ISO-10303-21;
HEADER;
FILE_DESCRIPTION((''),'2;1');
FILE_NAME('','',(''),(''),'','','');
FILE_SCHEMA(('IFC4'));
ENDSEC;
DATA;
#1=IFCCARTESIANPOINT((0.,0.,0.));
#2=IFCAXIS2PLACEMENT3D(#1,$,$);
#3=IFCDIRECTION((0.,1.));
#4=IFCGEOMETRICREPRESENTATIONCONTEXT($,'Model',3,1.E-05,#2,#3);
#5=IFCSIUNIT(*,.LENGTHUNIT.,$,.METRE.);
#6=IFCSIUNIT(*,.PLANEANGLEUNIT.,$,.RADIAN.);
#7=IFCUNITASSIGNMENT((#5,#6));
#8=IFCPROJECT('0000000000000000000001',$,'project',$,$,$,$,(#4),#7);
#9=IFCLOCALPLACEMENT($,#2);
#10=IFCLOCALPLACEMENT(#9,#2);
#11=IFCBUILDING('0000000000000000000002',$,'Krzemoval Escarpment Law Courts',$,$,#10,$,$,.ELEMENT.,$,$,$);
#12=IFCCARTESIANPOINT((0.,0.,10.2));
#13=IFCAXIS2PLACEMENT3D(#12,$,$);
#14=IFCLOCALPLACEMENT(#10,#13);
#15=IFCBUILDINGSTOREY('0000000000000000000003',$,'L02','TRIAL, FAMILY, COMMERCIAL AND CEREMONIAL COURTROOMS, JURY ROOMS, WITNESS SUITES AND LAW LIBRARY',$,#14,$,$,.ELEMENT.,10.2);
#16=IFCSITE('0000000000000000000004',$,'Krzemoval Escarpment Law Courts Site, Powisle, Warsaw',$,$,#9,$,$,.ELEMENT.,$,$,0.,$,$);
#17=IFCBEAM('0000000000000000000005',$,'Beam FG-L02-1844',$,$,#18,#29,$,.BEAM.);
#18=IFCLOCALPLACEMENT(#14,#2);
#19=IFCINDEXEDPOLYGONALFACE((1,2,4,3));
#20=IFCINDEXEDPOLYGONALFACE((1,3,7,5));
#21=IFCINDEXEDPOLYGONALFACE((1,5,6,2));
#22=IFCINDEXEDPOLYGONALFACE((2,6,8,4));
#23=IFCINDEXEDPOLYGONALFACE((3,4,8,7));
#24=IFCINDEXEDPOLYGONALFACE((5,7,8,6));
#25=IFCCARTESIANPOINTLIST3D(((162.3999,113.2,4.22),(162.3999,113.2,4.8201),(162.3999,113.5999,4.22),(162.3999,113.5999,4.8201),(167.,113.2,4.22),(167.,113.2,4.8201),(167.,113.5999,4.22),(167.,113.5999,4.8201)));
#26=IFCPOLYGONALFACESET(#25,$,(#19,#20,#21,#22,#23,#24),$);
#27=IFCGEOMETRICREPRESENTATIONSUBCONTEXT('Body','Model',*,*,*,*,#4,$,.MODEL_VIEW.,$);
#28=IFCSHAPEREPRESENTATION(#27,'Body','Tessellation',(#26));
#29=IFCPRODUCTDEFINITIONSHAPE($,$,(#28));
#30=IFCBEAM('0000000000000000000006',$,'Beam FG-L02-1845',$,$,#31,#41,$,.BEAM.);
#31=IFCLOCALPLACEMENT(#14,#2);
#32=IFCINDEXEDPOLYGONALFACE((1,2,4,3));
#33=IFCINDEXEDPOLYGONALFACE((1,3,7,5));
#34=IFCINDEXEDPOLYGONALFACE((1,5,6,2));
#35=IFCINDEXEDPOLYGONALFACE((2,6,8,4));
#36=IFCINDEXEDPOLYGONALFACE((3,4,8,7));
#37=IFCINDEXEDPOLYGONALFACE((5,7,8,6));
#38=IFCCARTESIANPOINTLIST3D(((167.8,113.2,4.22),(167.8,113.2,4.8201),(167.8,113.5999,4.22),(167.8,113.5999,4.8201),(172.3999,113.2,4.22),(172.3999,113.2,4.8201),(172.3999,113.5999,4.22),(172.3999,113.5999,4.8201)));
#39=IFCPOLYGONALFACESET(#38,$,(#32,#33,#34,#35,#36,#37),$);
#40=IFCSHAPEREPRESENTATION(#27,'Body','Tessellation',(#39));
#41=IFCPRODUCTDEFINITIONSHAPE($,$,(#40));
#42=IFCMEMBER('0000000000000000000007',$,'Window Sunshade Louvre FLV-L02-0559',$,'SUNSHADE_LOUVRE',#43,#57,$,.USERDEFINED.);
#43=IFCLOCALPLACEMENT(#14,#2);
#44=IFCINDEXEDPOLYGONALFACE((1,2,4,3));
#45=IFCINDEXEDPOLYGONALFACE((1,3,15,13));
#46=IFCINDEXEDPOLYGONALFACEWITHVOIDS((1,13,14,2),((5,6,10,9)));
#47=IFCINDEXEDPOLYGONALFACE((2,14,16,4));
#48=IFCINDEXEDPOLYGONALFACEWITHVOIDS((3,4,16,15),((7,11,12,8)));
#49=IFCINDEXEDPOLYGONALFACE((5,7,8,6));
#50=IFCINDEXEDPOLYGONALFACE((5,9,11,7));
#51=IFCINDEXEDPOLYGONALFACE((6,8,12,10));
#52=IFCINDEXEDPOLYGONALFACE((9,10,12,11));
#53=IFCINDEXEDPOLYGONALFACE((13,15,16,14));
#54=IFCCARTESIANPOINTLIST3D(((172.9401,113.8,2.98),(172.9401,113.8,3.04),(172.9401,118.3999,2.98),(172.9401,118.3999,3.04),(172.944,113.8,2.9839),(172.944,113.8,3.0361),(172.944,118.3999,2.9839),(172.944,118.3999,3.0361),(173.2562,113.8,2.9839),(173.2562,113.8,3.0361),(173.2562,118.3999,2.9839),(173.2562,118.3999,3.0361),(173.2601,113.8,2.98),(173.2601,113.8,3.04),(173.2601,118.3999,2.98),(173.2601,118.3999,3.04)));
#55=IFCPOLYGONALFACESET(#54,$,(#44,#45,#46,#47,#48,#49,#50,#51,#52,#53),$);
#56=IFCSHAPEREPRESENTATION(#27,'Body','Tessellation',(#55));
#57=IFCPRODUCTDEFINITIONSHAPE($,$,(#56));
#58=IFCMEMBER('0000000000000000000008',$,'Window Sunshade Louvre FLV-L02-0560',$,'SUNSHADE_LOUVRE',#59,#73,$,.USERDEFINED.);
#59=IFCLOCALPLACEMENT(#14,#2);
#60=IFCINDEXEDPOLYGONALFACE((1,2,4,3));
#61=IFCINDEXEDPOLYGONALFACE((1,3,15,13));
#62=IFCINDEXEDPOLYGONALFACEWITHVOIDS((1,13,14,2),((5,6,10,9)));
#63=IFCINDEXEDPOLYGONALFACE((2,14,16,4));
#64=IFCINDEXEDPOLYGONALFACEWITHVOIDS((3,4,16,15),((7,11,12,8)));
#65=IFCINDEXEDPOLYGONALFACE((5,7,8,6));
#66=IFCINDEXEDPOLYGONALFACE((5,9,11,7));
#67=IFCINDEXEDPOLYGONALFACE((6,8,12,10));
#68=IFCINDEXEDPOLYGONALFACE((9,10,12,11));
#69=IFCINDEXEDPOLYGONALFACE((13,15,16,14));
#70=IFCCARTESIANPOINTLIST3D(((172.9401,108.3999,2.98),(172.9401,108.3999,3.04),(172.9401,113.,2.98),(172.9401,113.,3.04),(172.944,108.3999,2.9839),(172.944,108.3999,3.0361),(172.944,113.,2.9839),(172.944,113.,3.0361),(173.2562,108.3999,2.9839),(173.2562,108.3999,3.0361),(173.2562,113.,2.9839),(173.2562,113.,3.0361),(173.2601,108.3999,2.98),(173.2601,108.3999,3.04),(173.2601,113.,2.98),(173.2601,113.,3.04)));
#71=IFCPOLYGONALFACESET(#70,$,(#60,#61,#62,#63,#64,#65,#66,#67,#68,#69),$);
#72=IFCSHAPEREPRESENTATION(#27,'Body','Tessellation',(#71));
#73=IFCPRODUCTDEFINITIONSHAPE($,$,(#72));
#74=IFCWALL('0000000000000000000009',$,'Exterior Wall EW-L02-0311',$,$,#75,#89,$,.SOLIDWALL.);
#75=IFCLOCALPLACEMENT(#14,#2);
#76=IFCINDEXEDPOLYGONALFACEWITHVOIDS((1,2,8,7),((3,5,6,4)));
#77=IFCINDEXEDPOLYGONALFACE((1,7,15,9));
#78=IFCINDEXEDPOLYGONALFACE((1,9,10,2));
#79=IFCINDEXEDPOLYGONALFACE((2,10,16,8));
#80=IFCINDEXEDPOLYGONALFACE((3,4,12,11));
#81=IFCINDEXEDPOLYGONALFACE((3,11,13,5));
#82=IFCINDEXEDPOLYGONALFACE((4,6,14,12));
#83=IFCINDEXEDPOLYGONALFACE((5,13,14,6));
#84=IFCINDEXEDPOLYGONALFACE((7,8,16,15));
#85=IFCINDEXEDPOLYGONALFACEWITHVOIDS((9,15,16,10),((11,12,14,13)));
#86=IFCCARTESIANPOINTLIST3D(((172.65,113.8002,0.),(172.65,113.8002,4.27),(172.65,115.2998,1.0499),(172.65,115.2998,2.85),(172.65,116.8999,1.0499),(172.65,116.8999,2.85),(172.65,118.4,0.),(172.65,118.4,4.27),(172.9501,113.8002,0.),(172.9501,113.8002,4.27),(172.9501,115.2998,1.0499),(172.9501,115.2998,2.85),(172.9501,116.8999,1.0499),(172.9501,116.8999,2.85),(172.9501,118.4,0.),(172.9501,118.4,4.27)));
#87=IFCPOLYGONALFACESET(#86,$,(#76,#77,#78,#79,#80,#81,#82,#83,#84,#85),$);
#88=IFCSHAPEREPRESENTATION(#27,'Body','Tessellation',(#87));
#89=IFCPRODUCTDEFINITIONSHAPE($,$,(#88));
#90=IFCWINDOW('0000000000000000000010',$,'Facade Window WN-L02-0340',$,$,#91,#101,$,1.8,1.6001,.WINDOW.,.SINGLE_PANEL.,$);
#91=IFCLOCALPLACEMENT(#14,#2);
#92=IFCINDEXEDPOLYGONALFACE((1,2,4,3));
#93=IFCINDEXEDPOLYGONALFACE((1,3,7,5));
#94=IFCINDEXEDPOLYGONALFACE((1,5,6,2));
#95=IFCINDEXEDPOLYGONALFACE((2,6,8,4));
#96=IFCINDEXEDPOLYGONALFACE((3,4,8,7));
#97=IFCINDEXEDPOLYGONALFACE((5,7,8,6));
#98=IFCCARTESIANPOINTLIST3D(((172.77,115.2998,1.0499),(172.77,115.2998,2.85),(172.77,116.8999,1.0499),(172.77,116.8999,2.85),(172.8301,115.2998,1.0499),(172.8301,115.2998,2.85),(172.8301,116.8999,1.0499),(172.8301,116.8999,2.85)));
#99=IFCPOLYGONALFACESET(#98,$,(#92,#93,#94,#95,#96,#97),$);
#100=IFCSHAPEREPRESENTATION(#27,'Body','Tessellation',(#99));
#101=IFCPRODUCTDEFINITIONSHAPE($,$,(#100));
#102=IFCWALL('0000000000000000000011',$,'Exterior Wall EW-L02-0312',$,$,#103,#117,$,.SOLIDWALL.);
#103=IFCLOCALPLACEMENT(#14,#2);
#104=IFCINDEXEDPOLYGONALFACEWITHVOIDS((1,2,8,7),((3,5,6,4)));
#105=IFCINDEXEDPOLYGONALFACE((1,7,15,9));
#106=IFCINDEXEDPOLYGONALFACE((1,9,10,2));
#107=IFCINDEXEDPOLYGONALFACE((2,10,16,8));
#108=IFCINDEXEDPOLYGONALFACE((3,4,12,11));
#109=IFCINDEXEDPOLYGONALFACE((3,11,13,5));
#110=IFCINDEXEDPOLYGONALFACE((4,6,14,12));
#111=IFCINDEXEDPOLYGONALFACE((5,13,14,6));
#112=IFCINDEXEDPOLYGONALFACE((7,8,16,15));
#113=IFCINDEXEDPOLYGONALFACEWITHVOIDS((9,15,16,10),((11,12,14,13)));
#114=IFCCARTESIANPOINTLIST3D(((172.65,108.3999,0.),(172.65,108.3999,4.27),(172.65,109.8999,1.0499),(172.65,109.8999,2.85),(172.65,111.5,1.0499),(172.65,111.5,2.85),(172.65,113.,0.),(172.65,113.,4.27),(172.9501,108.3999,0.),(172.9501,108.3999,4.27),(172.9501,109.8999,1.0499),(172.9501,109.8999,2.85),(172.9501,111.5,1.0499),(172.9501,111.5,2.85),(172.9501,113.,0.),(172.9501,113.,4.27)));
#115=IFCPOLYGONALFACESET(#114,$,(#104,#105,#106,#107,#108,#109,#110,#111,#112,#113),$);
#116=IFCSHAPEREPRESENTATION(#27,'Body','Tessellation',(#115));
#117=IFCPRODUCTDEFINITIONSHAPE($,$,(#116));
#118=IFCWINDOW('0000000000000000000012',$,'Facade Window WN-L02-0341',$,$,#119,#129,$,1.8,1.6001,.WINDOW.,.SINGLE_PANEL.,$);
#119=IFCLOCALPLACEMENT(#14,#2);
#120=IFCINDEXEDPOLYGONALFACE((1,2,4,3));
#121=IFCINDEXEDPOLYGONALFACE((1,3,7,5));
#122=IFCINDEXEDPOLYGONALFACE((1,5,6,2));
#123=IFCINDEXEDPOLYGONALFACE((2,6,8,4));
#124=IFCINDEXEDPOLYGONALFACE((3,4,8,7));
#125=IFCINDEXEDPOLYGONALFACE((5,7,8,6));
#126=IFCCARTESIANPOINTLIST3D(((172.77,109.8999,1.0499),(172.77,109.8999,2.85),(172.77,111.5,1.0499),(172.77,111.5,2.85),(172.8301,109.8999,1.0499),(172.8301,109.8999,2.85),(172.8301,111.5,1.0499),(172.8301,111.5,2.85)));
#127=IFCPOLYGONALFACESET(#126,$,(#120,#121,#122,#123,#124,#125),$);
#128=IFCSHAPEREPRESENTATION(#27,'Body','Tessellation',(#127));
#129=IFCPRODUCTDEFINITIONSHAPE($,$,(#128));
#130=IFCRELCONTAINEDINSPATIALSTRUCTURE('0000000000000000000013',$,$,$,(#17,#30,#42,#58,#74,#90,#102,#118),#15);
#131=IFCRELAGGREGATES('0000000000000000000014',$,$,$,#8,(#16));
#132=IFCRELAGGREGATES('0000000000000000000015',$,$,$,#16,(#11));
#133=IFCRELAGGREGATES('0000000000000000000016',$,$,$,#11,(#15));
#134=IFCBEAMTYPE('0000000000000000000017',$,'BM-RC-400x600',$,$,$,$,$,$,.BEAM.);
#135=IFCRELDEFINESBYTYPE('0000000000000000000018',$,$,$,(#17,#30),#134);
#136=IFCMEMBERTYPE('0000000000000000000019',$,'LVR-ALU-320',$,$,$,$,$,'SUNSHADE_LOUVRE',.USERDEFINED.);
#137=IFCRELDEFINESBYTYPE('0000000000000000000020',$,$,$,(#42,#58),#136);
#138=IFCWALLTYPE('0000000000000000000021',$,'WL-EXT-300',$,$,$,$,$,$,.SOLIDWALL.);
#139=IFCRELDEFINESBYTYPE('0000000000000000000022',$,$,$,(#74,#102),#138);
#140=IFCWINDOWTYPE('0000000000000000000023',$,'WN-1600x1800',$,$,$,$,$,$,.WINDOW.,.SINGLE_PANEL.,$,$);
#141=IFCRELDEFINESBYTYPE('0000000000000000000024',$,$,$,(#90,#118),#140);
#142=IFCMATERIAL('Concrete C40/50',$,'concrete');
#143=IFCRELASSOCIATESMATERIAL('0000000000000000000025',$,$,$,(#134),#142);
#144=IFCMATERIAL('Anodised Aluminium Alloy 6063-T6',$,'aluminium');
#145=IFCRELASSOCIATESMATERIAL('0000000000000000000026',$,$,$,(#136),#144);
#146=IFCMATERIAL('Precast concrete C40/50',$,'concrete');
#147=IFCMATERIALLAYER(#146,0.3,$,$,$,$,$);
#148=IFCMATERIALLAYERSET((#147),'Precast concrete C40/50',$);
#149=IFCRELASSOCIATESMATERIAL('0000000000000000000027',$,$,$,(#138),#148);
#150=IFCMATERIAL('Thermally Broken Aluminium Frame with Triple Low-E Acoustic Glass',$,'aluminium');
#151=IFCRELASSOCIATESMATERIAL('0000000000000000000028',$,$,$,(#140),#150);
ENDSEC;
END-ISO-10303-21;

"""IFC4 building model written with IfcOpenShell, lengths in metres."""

from ifc_helpers import new_model, si_unit, direction, frame, frame_2d, origin, origin_2d, place, context, subcontext, project, spatial, rectangle, hollow_rectangle, extrude, material, layer, layer_set, material_profile, profile_set, type_object, element, fill, save


model = new_model("IFC4")

# Units and contexts
model_context = context("Model", 3, precision=1e-05, world=origin(), true_north=direction((0.0, 1.0)))
body_context = subcontext(model_context, "Body", "Model", "MODEL_VIEW")
ifc_project = project(units=[si_unit("LENGTHUNIT", "METRE"), si_unit("PLANEANGLEUNIT", "RADIAN")], contexts=[model_context])

# Site, building, storey
site_placement = place(None, origin())
site = spatial("IfcSite", under=ifc_project, at=site_placement, Name="Krzemoval Escarpment Law Courts Site, Powisle, Warsaw", CompositionType="ELEMENT", RefElevation=0.0)
building_placement = place(site_placement, origin())
building = spatial("IfcBuilding", under=site, at=building_placement, Name="Krzemoval Escarpment Law Courts", CompositionType="ELEMENT")
storey_placement = place(building_placement, frame((0.0, 0.0, 10.2)))
storey = spatial("IfcBuildingStorey", under=building, at=storey_placement, Name="L02", Description="TRIAL, FAMILY, COMMERCIAL AND CEREMONIAL COURTROOMS, JURY ROOMS, WITNESS SUITES AND LAW LIBRARY", CompositionType="ELEMENT", Elevation=10.2)

# Beams
ifc_material_1 = material(Name="Concrete C40/50", Category="concrete")
ifc_material_profile_1 = material_profile(ifc_material_1, rectangle(XDim=0.3999, YDim=0.6001, at=origin_2d()), Name="RCB 400x600")
ifc_profile_set_1 = profile_set([ifc_material_profile_1], Name="Concrete C40/50")
beam_type_1 = type_object("IfcBeamType", Name="BM-RC-400x600", PredefinedType="BEAM", material=ifc_profile_set_1)
for number, where, z_axis, x_axis, name in (
    (1, (162.3999, 113.3999, 4.52), (1.0, 0.0, 0.0), (0.0, 1.0, 0.0), "Beam FG-L02-1844"),
):
    element("IfcBeam", number, at=place(storey_placement, frame(where, z_axis=z_axis, x_axis=x_axis)), inside=storey, type_object=beam_type_1, Name=name, PredefinedType="BEAM", context=body_context, shape_type="SweptSolid", body=[
        extrude(rectangle(XDim=0.3999, YDim=0.6001, at=origin_2d()), origin(), (0.0, 0.0, 1.0), 4.6001),
    ])
beam_1_placement = place(storey_placement, frame((167.8, 113.3999, 4.52), z_axis=(1.0, 0.0, 0.0), x_axis=(0.0, 1.0, 0.0)))
element("IfcBeam", 2, at=beam_1_placement, inside=storey, type_object=beam_type_1, Name="Beam FG-L02-1845", PredefinedType="BEAM", context=body_context, shape_type="SweptSolid", body=[
    extrude(rectangle(XDim=0.3999, YDim=0.6001, at=origin_2d()), origin(), (0.0, 0.0, 1.0), 4.5999),
])

# Members
ifc_material_2 = material(Name="Anodised Aluminium Alloy 6063-T6", Category="aluminium")
ifc_material_profile_2 = material_profile(ifc_material_2, hollow_rectangle(XDim=0.0601, YDim=0.3201, WallThickness=0.0039, at=origin_2d()), Name="ALU LVR 60x320")
ifc_profile_set_2 = profile_set([ifc_material_profile_2], Name="Anodised Aluminium Alloy 6063-T6")
member_type = type_object("IfcMemberType", Name="LVR-ALU-320", ElementType="SUNSHADE_LOUVRE", PredefinedType="USERDEFINED", material=ifc_profile_set_2)
member_1_placement = place(storey_placement, frame((173.1001, 118.3999, 3.01), z_axis=(0.0, -1.0, 0.0), x_axis=(0.0, 0.0, 1.0)))
element("IfcMember", 3, at=member_1_placement, inside=storey, type_object=member_type, Name="Window Sunshade Louvre FLV-L02-0559", ObjectType="SUNSHADE_LOUVRE", PredefinedType="USERDEFINED", context=body_context, shape_type="SweptSolid", body=[
    extrude(hollow_rectangle(XDim=0.0601, YDim=0.3201, WallThickness=0.0039, at=origin_2d()), origin(), (0.0, 0.0, 1.0), 4.5999),
])
member_2_placement = place(storey_placement, frame((173.1001, 113.0, 3.01), z_axis=(0.0, -1.0, 0.0), x_axis=(0.0, 0.0, 1.0)))
element("IfcMember", 4, at=member_2_placement, inside=storey, type_object=member_type, Name="Window Sunshade Louvre FLV-L02-0560", ObjectType="SUNSHADE_LOUVRE", PredefinedType="USERDEFINED", context=body_context, shape_type="SweptSolid", body=[
    extrude(hollow_rectangle(XDim=0.0601, YDim=0.3201, WallThickness=0.0039, at=origin_2d()), origin(), (0.0, 0.0, 1.0), 4.6001),
])

# Walls, openings, windows
ifc_material_3 = material(Name="Precast concrete C40/50", Category="concrete")
ifc_layer = layer(ifc_material_3, 0.3)
ifc_layer_set = layer_set([ifc_layer], Name="Precast concrete C40/50")
wall_type = type_object("IfcWallType", Name="WL-EXT-300", PredefinedType="SOLIDWALL", material=ifc_layer_set)
wall_1_placement = place(storey_placement, frame((172.8, 118.3999, 0.0), z_axis=(0.0, 0.0, 1.0), x_axis=(0.0, -1.0, 0.0)))
wall_1 = element("IfcWall", 5, at=wall_1_placement, inside=storey, type_object=wall_type, Name="Exterior Wall EW-L02-0311", PredefinedType="SOLIDWALL", context=body_context, shape_type="SweptSolid", body=[
    extrude(rectangle(XDim=4.5999, YDim=0.3, at=frame_2d((2.2998, 0.0))), origin(), (0.0, 0.0, 1.0), 4.27),
])
opening_1_placement = place(wall_1_placement, frame((1.5, 0.0, 1.05)))
opening_1 = element("IfcOpeningElement", 6, at=opening_1_placement, cuts=wall_1, PredefinedType="OPENING", context=body_context, shape_type="SweptSolid", body=[
    extrude(rectangle(XDim=1.6001, YDim=1.8, at=frame_2d((0.8, 0.8999))), frame((0.0, 0.165, 0.0), z_axis=(0.0, -1.0, 0.0), x_axis=(1.0, 0.0, 0.0)), (0.0, 0.0, 1.0), 0.3301),
])
ifc_material_4 = material(Name="Thermally Broken Aluminium Frame with Triple Low-E Acoustic Glass", Category="aluminium")
window_type = type_object("IfcWindowType", Name="WN-1600x1800", PartitioningType="SINGLE_PANEL", PredefinedType="WINDOW", material=ifc_material_4)
window_1_placement = place(opening_1_placement, origin())
window_1 = element("IfcWindow", 7, at=window_1_placement, inside=storey, type_object=window_type, Name="Facade Window WN-L02-0340", OverallHeight=1.8, OverallWidth=1.6001, PartitioningType="SINGLE_PANEL", PredefinedType="WINDOW", context=body_context, shape_type="SweptSolid", body=[
    extrude(rectangle(XDim=1.6001, YDim=1.8, at=frame_2d((0.8, 0.8999))), frame((0.0, 0.03, 0.0), z_axis=(0.0, -1.0, 0.0), x_axis=(1.0, 0.0, 0.0)), (0.0, 0.0, 1.0), 0.0601),
])
fill(opening_1, window_1)
wall_2_placement = place(storey_placement, frame((172.8, 113.0, 0.0), z_axis=(0.0, 0.0, 1.0), x_axis=(0.0, -1.0, 0.0)))
wall_2 = element("IfcWall", 8, at=wall_2_placement, inside=storey, type_object=wall_type, Name="Exterior Wall EW-L02-0312", PredefinedType="SOLIDWALL", context=body_context, shape_type="SweptSolid", body=[
    extrude(rectangle(XDim=4.6001, YDim=0.3, at=frame_2d((2.3, 0.0))), origin(), (0.0, 0.0, 1.0), 4.27),
])
opening_2_placement = place(wall_2_placement, frame((1.5, 0.0, 1.05)))
opening_2 = element("IfcOpeningElement", 9, at=opening_2_placement, cuts=wall_2, PredefinedType="OPENING", context=body_context, shape_type="SweptSolid", body=[
    extrude(rectangle(XDim=1.6001, YDim=1.8, at=frame_2d((0.8, 0.8999))), frame((0.0, 0.165, 0.0), z_axis=(0.0, -1.0, 0.0), x_axis=(1.0, 0.0, 0.0)), (0.0, 0.0, 1.0), 0.3301),
])
window_2_placement = place(opening_2_placement, origin())
window_2 = element("IfcWindow", 10, at=window_2_placement, inside=storey, type_object=window_type, Name="Facade Window WN-L02-0341", OverallHeight=1.8, OverallWidth=1.6001, PartitioningType="SINGLE_PANEL", PredefinedType="WINDOW", context=body_context, shape_type="SweptSolid", body=[
    extrude(rectangle(XDim=1.6001, YDim=1.8, at=frame_2d((0.8, 0.8999))), frame((0.0, 0.03, 0.0), z_axis=(0.0, -1.0, 0.0), x_axis=(1.0, 0.0, 0.0)), (0.0, 0.0, 1.0), 0.0601),
])
fill(opening_2, window_2)

save(model, "model.ifc")
